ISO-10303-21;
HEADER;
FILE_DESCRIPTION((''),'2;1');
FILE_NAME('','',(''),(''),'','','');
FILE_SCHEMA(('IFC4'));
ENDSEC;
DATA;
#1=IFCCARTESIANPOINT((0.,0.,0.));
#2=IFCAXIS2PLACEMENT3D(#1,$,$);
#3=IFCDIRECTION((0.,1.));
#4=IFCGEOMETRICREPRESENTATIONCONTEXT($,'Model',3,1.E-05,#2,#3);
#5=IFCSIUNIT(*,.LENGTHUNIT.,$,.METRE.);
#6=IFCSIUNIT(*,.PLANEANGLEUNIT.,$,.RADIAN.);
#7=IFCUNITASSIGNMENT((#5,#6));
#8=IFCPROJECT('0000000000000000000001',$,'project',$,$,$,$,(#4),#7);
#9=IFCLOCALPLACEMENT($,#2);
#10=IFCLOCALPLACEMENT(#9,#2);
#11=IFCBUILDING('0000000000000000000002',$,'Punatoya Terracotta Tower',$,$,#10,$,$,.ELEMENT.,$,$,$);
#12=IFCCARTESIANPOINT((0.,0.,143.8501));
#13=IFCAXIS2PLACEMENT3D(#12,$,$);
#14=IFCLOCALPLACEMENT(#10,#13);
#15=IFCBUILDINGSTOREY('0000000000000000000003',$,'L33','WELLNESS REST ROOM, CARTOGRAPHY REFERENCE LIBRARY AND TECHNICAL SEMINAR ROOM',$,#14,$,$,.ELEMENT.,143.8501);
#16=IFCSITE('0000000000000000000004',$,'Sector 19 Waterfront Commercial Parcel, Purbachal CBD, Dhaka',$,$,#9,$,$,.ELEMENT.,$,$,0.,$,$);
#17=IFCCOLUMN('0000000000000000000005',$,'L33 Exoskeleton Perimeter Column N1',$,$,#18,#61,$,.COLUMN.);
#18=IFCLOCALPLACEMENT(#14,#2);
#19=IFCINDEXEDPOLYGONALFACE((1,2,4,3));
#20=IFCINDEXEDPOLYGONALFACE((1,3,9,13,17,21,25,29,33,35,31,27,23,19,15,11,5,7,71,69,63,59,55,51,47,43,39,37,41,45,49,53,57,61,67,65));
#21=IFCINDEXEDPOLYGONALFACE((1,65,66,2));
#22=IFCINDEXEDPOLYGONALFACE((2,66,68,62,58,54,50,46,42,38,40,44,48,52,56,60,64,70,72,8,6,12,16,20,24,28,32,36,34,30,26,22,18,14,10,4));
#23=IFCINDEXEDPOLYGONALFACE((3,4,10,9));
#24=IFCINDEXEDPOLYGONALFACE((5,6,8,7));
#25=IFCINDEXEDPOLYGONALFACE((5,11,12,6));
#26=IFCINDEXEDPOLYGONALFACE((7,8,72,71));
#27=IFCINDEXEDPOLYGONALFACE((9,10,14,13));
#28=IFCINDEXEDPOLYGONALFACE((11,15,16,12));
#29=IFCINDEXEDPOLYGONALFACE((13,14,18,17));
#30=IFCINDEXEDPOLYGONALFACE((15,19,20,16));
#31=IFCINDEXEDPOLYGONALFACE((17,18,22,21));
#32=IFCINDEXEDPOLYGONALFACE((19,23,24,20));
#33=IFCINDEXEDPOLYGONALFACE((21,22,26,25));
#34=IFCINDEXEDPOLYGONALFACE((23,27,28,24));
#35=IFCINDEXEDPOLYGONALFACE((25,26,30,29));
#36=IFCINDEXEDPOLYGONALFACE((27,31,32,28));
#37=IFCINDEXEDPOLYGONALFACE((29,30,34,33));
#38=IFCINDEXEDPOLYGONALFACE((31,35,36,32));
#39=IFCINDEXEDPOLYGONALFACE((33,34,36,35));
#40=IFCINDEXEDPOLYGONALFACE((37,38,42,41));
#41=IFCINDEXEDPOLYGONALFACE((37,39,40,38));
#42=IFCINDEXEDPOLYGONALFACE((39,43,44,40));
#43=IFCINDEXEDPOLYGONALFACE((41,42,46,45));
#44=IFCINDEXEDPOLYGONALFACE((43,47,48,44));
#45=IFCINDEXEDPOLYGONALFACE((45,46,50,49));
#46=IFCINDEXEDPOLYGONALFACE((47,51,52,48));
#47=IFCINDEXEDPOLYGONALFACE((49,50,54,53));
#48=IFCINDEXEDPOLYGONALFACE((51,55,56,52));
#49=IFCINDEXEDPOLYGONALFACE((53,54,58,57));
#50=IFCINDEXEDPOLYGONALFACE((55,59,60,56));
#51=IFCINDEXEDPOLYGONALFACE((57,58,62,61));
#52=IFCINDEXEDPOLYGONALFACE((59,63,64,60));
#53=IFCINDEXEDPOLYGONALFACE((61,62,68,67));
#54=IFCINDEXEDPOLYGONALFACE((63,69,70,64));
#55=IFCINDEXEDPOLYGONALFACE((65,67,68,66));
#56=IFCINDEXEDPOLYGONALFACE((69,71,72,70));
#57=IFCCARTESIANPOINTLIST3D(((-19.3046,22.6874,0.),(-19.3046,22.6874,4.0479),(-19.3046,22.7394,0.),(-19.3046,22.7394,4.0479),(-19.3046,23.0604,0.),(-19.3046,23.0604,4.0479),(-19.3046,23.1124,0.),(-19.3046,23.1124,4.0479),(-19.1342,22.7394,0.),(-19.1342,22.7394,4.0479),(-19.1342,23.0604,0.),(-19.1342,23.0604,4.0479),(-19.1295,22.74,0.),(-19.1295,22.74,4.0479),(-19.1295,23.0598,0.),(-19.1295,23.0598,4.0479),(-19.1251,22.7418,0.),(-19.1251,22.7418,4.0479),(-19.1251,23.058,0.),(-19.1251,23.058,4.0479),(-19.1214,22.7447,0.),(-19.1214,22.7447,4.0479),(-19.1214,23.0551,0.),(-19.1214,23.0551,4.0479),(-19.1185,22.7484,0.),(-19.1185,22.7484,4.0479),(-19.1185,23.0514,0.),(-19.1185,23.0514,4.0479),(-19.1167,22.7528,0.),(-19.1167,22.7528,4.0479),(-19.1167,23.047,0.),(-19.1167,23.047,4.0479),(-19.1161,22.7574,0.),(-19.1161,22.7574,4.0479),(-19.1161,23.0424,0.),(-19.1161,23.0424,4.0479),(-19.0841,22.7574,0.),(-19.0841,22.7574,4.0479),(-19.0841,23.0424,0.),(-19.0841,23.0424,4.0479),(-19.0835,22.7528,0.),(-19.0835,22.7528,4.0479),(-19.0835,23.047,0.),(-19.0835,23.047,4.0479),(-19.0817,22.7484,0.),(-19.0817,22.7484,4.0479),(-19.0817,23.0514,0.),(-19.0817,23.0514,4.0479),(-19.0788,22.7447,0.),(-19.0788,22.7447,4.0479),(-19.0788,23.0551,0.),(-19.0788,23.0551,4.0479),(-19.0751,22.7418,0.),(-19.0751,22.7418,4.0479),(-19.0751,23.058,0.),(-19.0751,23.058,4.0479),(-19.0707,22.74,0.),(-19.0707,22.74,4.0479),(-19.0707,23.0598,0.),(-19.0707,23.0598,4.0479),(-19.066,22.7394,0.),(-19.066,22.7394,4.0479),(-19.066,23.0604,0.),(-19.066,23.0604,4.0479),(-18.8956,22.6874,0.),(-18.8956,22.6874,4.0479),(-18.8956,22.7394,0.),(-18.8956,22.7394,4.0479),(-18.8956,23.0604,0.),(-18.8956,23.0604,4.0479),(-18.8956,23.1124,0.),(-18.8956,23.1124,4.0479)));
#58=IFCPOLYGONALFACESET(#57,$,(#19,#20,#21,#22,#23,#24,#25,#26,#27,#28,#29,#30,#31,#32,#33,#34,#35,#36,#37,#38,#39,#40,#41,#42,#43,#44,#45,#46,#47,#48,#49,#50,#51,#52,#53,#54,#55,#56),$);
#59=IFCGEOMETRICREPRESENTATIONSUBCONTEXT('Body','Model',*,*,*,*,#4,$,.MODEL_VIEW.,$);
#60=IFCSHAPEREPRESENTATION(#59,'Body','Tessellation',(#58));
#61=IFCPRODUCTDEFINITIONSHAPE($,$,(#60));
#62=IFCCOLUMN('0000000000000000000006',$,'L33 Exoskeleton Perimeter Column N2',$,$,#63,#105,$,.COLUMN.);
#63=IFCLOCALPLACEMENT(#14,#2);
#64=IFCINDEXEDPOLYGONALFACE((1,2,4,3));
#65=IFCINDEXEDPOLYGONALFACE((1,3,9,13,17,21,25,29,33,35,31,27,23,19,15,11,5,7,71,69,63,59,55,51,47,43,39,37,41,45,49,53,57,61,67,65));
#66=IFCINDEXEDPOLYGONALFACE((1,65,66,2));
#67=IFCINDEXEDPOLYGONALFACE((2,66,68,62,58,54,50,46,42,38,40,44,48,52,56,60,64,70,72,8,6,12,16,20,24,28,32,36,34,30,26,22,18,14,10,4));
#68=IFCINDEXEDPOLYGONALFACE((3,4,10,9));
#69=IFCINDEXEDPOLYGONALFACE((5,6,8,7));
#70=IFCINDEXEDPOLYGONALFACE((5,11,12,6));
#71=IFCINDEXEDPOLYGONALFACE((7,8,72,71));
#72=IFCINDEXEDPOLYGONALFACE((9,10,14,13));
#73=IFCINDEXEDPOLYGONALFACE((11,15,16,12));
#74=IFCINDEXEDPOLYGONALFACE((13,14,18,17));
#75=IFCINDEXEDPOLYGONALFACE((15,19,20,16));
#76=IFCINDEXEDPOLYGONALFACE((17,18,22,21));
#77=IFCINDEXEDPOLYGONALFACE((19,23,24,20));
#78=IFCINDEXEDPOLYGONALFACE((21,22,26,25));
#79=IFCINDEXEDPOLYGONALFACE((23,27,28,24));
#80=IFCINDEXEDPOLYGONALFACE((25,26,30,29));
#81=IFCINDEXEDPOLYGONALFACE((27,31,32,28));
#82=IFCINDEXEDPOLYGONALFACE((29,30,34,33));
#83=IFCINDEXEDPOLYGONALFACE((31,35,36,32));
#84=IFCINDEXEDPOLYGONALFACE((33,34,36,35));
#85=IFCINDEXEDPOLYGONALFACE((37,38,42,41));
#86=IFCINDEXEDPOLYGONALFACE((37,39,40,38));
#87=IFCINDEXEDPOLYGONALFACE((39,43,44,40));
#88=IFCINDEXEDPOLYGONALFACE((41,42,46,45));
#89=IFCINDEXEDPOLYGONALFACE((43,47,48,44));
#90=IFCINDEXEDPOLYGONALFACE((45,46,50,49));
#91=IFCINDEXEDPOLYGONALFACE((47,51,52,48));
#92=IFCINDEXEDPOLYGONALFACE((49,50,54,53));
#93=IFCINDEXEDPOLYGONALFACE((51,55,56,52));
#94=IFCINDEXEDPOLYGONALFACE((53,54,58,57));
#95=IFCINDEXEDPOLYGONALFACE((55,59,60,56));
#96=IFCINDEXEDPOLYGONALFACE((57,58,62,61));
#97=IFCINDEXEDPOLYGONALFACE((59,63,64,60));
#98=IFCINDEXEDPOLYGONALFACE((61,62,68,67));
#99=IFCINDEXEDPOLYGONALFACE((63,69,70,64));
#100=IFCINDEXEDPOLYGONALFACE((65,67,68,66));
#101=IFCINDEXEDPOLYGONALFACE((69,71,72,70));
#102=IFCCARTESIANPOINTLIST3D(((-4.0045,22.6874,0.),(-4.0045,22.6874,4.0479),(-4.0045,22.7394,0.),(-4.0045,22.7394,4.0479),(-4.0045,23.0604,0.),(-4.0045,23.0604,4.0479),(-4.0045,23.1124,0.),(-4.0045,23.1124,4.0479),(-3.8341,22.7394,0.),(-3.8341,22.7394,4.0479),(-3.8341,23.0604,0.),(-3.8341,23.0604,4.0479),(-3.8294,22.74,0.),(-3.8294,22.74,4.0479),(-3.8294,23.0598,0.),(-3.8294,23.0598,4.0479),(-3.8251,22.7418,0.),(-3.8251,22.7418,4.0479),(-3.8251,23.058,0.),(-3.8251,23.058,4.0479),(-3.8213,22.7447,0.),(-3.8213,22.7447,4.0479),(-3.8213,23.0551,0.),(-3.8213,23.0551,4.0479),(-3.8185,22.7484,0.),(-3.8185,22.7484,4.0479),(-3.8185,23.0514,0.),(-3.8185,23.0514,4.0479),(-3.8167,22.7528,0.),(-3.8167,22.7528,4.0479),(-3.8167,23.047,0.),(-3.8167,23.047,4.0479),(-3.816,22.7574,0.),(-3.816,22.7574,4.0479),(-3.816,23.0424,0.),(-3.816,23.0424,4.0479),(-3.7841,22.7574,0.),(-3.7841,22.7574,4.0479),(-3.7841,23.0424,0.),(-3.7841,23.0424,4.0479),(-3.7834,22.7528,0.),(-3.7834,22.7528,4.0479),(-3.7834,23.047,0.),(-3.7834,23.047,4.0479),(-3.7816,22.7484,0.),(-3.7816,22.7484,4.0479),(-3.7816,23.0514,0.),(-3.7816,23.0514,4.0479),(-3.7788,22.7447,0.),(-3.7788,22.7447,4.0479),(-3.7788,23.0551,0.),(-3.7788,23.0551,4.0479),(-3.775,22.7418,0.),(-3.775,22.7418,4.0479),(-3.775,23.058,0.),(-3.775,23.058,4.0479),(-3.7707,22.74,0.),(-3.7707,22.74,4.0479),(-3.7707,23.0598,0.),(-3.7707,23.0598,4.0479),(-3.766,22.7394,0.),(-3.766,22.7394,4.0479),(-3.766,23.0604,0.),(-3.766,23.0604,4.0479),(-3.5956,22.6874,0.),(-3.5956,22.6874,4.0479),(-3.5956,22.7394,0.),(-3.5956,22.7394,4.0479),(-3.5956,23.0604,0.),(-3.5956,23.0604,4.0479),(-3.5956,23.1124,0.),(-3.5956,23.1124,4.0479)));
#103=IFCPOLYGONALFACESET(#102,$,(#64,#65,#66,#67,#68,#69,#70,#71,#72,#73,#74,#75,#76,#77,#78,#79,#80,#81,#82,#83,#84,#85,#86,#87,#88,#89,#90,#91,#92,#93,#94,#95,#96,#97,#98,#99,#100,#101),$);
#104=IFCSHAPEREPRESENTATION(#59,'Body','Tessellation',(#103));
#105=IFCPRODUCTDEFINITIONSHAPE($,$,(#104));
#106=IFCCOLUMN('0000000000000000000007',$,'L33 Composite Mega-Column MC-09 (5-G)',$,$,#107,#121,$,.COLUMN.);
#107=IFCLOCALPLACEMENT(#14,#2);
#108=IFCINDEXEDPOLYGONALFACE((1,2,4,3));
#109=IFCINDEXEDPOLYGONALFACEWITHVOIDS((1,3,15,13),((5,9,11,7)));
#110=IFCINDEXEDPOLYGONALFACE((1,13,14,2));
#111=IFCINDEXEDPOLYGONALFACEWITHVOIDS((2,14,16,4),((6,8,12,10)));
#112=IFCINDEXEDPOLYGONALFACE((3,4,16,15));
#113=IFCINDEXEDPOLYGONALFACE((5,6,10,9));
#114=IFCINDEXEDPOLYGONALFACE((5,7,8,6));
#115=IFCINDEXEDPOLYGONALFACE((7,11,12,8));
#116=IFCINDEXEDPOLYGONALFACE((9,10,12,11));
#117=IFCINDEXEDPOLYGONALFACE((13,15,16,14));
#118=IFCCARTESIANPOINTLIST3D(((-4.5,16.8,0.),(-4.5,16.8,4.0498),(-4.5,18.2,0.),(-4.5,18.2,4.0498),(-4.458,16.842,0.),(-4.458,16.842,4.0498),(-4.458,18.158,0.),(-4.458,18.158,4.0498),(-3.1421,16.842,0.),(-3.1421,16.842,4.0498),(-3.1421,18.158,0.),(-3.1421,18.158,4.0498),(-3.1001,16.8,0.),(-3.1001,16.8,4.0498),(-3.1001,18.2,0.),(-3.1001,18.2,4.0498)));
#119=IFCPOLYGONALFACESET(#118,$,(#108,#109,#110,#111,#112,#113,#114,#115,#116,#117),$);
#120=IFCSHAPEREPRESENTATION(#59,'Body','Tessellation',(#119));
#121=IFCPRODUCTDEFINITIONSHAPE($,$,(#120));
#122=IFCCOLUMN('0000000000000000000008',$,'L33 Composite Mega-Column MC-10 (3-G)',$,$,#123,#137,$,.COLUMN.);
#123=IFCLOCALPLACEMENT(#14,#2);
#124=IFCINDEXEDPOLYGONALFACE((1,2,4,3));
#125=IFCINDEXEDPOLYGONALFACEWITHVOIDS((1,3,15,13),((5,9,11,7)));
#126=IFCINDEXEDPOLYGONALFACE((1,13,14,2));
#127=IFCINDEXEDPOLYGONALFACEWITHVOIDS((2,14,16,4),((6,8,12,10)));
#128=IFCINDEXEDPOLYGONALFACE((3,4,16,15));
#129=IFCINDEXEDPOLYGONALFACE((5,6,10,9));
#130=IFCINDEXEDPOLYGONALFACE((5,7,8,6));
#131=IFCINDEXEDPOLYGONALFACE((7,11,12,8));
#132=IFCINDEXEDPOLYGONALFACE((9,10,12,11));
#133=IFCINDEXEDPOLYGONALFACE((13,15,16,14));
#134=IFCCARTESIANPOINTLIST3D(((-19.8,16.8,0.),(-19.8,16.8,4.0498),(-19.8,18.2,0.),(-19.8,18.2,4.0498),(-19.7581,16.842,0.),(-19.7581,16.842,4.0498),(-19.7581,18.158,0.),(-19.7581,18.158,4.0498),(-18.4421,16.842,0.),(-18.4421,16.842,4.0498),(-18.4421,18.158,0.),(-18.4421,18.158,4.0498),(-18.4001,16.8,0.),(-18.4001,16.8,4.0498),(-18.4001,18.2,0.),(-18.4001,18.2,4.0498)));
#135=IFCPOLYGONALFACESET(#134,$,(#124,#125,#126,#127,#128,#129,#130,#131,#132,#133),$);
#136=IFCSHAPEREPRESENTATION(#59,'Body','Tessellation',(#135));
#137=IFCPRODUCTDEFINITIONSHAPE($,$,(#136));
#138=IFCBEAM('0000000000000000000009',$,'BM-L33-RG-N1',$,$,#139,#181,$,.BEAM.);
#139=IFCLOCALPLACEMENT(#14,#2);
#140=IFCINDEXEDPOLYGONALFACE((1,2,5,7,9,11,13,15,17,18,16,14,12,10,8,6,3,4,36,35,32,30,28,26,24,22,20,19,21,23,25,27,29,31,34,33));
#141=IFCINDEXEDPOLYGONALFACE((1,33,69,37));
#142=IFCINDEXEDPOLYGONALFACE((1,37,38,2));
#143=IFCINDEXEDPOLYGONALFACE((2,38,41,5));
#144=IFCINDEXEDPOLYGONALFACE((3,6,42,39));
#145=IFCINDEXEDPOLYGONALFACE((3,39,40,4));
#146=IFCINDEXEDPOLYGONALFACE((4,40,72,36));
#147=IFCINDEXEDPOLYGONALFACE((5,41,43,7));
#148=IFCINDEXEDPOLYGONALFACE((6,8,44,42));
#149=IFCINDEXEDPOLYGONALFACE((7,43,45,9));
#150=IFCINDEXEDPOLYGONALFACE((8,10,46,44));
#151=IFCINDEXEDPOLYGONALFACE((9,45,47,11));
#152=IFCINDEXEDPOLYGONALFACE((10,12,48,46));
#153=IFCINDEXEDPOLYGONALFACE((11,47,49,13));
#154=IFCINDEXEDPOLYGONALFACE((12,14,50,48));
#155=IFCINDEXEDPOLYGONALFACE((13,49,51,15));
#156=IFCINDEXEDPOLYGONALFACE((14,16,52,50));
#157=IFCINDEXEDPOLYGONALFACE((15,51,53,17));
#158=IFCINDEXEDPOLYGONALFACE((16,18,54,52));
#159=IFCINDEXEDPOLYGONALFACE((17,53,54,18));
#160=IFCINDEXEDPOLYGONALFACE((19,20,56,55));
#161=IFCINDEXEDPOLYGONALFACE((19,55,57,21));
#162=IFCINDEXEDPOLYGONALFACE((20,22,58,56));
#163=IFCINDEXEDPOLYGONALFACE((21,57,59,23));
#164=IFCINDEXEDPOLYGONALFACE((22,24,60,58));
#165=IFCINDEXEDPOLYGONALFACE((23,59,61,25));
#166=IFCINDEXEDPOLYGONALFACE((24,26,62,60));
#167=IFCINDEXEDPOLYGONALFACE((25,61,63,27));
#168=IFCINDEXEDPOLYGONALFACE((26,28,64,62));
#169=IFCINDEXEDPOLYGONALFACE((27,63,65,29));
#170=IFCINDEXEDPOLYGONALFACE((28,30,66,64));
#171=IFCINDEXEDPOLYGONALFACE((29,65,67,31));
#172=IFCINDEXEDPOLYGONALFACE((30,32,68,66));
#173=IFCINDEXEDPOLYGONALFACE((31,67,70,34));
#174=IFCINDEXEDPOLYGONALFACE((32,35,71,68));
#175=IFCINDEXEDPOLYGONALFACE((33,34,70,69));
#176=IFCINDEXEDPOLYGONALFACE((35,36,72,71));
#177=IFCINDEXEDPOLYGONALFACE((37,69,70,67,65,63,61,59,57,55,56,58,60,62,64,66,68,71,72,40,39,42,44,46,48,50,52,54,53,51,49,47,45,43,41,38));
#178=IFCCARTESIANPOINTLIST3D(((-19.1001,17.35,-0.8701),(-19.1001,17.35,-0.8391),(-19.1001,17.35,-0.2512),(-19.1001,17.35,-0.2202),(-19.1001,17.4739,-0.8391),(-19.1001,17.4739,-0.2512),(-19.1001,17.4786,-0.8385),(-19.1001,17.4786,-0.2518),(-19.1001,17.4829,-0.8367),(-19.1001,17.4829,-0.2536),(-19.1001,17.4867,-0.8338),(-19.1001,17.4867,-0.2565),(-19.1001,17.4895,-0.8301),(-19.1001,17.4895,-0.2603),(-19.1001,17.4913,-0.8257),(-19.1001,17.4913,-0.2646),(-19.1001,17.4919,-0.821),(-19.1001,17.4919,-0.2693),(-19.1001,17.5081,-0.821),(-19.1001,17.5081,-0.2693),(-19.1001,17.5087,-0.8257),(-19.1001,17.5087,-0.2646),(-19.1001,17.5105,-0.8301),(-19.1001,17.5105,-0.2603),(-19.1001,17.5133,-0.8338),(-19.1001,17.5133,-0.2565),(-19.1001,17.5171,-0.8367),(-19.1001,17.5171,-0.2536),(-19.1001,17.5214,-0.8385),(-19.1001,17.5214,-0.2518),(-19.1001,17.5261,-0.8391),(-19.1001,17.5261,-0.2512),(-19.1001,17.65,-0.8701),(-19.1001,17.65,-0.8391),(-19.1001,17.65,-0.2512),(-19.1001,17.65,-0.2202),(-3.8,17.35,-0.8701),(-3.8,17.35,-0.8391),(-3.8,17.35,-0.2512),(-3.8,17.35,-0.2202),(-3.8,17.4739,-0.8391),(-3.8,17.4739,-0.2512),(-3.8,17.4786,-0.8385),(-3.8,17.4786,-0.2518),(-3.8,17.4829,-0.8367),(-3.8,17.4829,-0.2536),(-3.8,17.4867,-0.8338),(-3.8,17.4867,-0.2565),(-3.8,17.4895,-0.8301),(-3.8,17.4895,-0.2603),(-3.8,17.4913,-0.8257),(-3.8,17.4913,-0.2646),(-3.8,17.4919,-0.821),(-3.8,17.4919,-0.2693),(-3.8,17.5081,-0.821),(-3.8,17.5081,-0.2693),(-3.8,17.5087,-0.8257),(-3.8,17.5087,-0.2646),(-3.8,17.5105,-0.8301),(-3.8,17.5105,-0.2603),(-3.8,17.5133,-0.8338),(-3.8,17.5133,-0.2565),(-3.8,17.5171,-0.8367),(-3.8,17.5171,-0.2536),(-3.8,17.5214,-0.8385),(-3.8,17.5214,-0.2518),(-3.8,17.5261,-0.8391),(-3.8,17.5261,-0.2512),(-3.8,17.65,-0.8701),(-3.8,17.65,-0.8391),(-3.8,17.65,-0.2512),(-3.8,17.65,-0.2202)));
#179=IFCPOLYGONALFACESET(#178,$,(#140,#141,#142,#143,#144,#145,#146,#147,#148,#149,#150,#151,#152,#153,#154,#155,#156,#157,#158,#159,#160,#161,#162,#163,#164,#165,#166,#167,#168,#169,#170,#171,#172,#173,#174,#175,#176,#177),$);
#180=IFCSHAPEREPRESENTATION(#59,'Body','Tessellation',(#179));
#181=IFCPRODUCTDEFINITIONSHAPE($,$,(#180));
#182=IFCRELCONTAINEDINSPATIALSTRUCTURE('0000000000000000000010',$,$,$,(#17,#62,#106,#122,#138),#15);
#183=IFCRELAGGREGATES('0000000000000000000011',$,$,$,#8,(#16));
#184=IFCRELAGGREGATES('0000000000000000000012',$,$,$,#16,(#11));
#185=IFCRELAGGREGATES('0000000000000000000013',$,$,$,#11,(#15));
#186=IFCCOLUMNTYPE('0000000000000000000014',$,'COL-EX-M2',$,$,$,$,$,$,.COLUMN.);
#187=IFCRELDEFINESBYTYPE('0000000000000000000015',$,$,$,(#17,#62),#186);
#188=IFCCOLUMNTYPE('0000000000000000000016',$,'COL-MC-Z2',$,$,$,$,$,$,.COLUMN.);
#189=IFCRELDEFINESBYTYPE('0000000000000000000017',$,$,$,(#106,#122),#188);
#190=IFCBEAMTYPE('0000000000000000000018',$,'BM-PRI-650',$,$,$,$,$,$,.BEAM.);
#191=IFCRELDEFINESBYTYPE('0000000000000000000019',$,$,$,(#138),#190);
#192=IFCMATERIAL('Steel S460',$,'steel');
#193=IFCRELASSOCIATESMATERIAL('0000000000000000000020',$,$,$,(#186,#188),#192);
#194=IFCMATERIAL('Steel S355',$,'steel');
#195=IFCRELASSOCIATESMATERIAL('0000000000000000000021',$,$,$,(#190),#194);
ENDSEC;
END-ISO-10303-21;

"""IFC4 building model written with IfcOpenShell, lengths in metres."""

from ifc_helpers import new_model, si_unit, direction, frame, origin, origin_2d, place, context, subcontext, project, spatial, hollow_rectangle, i_section, extrude, material, material_profile, profile_set, type_object, element, save


model = new_model("IFC4")

# Units and contexts
model_context = context("Model", 3, precision=1e-05, world=origin(), true_north=direction((0.0, 1.0)))
body_context = subcontext(model_context, "Body", "Model", "MODEL_VIEW")
ifc_project = project(units=[si_unit("LENGTHUNIT", "METRE"), si_unit("PLANEANGLEUNIT", "RADIAN")], contexts=[model_context])

# Site, building, storey
site_placement = place(None, origin())
site = spatial("IfcSite", under=ifc_project, at=site_placement, Name="Sector 19 Waterfront Commercial Parcel, Purbachal CBD, Dhaka", CompositionType="ELEMENT", RefElevation=0.0)
building_placement = place(site_placement, origin())
building = spatial("IfcBuilding", under=site, at=building_placement, Name="Punatoya Terracotta Tower", CompositionType="ELEMENT")
storey_placement = place(building_placement, frame((0.0, 0.0, 143.8501)))
storey = spatial("IfcBuildingStorey", under=building, at=storey_placement, Name="L33", Description="WELLNESS REST ROOM, CARTOGRAPHY REFERENCE LIBRARY AND TECHNICAL SEMINAR ROOM", CompositionType="ELEMENT", Elevation=143.8501)

# Columns
ifc_material_1 = material(Name="Steel S460", Category="steel")
ifc_material_profile_1 = material_profile(ifc_material_1, i_section(OverallWidth=0.4089, OverallDepth=0.425, WebThickness=0.032, FlangeThickness=0.052, FilletRadius=0.0181, at=origin_2d()))
ifc_profile_set_1 = profile_set([ifc_material_profile_1], Name="Steel S460")
column_type_1 = type_object("IfcColumnType", Name="COL-EX-M2", PredefinedType="COLUMN", material=ifc_profile_set_1)
for number, where, z_axis, x_axis, name in (
    (1, (-19.1001, 22.8999, 0.0), (0.0, 0.0, 1.0), (1.0, 0.0, 0.0), "L33 Exoskeleton Perimeter Column N1"),
    (2, (-3.8, 22.8999, 0.0), (0.0, 0.0, 1.0), (1.0, 0.0, 0.0), "L33 Exoskeleton Perimeter Column N2"),
):
    element("IfcColumn", number, at=place(storey_placement, frame(where, z_axis=z_axis, x_axis=x_axis)), inside=storey, type_object=column_type_1, Name=name, PredefinedType="COLUMN", context=body_context, shape_type="SweptSolid", body=[
        extrude(i_section(OverallWidth=0.4089, OverallDepth=0.425, WebThickness=0.032, FlangeThickness=0.052, FilletRadius=0.0181, at=origin_2d()), origin(), (0.0, 0.0, 1.0), 4.0479),
    ])
ifc_material_profile_2 = material_profile(ifc_material_1, hollow_rectangle(XDim=1.3999, YDim=1.3999, WallThickness=0.042, at=origin_2d()))
ifc_profile_set_2 = profile_set([ifc_material_profile_2], Name="Steel S460")
column_type_2 = type_object("IfcColumnType", Name="COL-MC-Z2", PredefinedType="COLUMN", material=ifc_profile_set_2)
for number, where, z_axis, x_axis, name in (
    (3, (-3.8, 17.5, 0.0), (0.0, 0.0, 1.0), (1.0, 0.0, 0.0), "L33 Composite Mega-Column MC-09 (5-G)"),
    (4, (-19.1001, 17.5, 0.0), (0.0, 0.0, 1.0), (1.0, 0.0, 0.0), "L33 Composite Mega-Column MC-10 (3-G)"),
):
    element("IfcColumn", number, at=place(storey_placement, frame(where, z_axis=z_axis, x_axis=x_axis)), inside=storey, type_object=column_type_2, Name=name, PredefinedType="COLUMN", context=body_context, shape_type="SweptSolid", body=[
        extrude(hollow_rectangle(XDim=1.3999, YDim=1.3999, WallThickness=0.042, at=origin_2d()), origin(), (0.0, 0.0, 1.0), 4.0498),
    ])

# Beam
ifc_material_2 = material(Name="Steel S355", Category="steel")
ifc_material_profile_3 = material_profile(ifc_material_2, i_section(OverallWidth=0.3, OverallDepth=0.6499, WebThickness=0.0161, FlangeThickness=0.031, FilletRadius=0.0181, at=origin_2d()))
ifc_profile_set_3 = profile_set([ifc_material_profile_3], Name="Steel S355")
beam_type_1 = type_object("IfcBeamType", Name="BM-PRI-650", PredefinedType="BEAM", material=ifc_profile_set_3)
beam_1_placement = place(storey_placement, frame((-19.1001, 17.5, -0.5452), z_axis=(1.0, 0.0, 0.0), x_axis=(0.0, 1.0, 0.0)))
element("IfcBeam", 5, at=beam_1_placement, inside=storey, type_object=beam_type_1, Name="BM-L33-RG-N1", PredefinedType="BEAM", context=body_context, shape_type="SweptSolid", body=[
    extrude(i_section(OverallWidth=0.3, OverallDepth=0.6499, WebThickness=0.0161, FlangeThickness=0.031, FilletRadius=0.0181, at=origin_2d()), origin(), (0.0, 0.0, 1.0), 15.3),
])

save(model, "model.ifc")
